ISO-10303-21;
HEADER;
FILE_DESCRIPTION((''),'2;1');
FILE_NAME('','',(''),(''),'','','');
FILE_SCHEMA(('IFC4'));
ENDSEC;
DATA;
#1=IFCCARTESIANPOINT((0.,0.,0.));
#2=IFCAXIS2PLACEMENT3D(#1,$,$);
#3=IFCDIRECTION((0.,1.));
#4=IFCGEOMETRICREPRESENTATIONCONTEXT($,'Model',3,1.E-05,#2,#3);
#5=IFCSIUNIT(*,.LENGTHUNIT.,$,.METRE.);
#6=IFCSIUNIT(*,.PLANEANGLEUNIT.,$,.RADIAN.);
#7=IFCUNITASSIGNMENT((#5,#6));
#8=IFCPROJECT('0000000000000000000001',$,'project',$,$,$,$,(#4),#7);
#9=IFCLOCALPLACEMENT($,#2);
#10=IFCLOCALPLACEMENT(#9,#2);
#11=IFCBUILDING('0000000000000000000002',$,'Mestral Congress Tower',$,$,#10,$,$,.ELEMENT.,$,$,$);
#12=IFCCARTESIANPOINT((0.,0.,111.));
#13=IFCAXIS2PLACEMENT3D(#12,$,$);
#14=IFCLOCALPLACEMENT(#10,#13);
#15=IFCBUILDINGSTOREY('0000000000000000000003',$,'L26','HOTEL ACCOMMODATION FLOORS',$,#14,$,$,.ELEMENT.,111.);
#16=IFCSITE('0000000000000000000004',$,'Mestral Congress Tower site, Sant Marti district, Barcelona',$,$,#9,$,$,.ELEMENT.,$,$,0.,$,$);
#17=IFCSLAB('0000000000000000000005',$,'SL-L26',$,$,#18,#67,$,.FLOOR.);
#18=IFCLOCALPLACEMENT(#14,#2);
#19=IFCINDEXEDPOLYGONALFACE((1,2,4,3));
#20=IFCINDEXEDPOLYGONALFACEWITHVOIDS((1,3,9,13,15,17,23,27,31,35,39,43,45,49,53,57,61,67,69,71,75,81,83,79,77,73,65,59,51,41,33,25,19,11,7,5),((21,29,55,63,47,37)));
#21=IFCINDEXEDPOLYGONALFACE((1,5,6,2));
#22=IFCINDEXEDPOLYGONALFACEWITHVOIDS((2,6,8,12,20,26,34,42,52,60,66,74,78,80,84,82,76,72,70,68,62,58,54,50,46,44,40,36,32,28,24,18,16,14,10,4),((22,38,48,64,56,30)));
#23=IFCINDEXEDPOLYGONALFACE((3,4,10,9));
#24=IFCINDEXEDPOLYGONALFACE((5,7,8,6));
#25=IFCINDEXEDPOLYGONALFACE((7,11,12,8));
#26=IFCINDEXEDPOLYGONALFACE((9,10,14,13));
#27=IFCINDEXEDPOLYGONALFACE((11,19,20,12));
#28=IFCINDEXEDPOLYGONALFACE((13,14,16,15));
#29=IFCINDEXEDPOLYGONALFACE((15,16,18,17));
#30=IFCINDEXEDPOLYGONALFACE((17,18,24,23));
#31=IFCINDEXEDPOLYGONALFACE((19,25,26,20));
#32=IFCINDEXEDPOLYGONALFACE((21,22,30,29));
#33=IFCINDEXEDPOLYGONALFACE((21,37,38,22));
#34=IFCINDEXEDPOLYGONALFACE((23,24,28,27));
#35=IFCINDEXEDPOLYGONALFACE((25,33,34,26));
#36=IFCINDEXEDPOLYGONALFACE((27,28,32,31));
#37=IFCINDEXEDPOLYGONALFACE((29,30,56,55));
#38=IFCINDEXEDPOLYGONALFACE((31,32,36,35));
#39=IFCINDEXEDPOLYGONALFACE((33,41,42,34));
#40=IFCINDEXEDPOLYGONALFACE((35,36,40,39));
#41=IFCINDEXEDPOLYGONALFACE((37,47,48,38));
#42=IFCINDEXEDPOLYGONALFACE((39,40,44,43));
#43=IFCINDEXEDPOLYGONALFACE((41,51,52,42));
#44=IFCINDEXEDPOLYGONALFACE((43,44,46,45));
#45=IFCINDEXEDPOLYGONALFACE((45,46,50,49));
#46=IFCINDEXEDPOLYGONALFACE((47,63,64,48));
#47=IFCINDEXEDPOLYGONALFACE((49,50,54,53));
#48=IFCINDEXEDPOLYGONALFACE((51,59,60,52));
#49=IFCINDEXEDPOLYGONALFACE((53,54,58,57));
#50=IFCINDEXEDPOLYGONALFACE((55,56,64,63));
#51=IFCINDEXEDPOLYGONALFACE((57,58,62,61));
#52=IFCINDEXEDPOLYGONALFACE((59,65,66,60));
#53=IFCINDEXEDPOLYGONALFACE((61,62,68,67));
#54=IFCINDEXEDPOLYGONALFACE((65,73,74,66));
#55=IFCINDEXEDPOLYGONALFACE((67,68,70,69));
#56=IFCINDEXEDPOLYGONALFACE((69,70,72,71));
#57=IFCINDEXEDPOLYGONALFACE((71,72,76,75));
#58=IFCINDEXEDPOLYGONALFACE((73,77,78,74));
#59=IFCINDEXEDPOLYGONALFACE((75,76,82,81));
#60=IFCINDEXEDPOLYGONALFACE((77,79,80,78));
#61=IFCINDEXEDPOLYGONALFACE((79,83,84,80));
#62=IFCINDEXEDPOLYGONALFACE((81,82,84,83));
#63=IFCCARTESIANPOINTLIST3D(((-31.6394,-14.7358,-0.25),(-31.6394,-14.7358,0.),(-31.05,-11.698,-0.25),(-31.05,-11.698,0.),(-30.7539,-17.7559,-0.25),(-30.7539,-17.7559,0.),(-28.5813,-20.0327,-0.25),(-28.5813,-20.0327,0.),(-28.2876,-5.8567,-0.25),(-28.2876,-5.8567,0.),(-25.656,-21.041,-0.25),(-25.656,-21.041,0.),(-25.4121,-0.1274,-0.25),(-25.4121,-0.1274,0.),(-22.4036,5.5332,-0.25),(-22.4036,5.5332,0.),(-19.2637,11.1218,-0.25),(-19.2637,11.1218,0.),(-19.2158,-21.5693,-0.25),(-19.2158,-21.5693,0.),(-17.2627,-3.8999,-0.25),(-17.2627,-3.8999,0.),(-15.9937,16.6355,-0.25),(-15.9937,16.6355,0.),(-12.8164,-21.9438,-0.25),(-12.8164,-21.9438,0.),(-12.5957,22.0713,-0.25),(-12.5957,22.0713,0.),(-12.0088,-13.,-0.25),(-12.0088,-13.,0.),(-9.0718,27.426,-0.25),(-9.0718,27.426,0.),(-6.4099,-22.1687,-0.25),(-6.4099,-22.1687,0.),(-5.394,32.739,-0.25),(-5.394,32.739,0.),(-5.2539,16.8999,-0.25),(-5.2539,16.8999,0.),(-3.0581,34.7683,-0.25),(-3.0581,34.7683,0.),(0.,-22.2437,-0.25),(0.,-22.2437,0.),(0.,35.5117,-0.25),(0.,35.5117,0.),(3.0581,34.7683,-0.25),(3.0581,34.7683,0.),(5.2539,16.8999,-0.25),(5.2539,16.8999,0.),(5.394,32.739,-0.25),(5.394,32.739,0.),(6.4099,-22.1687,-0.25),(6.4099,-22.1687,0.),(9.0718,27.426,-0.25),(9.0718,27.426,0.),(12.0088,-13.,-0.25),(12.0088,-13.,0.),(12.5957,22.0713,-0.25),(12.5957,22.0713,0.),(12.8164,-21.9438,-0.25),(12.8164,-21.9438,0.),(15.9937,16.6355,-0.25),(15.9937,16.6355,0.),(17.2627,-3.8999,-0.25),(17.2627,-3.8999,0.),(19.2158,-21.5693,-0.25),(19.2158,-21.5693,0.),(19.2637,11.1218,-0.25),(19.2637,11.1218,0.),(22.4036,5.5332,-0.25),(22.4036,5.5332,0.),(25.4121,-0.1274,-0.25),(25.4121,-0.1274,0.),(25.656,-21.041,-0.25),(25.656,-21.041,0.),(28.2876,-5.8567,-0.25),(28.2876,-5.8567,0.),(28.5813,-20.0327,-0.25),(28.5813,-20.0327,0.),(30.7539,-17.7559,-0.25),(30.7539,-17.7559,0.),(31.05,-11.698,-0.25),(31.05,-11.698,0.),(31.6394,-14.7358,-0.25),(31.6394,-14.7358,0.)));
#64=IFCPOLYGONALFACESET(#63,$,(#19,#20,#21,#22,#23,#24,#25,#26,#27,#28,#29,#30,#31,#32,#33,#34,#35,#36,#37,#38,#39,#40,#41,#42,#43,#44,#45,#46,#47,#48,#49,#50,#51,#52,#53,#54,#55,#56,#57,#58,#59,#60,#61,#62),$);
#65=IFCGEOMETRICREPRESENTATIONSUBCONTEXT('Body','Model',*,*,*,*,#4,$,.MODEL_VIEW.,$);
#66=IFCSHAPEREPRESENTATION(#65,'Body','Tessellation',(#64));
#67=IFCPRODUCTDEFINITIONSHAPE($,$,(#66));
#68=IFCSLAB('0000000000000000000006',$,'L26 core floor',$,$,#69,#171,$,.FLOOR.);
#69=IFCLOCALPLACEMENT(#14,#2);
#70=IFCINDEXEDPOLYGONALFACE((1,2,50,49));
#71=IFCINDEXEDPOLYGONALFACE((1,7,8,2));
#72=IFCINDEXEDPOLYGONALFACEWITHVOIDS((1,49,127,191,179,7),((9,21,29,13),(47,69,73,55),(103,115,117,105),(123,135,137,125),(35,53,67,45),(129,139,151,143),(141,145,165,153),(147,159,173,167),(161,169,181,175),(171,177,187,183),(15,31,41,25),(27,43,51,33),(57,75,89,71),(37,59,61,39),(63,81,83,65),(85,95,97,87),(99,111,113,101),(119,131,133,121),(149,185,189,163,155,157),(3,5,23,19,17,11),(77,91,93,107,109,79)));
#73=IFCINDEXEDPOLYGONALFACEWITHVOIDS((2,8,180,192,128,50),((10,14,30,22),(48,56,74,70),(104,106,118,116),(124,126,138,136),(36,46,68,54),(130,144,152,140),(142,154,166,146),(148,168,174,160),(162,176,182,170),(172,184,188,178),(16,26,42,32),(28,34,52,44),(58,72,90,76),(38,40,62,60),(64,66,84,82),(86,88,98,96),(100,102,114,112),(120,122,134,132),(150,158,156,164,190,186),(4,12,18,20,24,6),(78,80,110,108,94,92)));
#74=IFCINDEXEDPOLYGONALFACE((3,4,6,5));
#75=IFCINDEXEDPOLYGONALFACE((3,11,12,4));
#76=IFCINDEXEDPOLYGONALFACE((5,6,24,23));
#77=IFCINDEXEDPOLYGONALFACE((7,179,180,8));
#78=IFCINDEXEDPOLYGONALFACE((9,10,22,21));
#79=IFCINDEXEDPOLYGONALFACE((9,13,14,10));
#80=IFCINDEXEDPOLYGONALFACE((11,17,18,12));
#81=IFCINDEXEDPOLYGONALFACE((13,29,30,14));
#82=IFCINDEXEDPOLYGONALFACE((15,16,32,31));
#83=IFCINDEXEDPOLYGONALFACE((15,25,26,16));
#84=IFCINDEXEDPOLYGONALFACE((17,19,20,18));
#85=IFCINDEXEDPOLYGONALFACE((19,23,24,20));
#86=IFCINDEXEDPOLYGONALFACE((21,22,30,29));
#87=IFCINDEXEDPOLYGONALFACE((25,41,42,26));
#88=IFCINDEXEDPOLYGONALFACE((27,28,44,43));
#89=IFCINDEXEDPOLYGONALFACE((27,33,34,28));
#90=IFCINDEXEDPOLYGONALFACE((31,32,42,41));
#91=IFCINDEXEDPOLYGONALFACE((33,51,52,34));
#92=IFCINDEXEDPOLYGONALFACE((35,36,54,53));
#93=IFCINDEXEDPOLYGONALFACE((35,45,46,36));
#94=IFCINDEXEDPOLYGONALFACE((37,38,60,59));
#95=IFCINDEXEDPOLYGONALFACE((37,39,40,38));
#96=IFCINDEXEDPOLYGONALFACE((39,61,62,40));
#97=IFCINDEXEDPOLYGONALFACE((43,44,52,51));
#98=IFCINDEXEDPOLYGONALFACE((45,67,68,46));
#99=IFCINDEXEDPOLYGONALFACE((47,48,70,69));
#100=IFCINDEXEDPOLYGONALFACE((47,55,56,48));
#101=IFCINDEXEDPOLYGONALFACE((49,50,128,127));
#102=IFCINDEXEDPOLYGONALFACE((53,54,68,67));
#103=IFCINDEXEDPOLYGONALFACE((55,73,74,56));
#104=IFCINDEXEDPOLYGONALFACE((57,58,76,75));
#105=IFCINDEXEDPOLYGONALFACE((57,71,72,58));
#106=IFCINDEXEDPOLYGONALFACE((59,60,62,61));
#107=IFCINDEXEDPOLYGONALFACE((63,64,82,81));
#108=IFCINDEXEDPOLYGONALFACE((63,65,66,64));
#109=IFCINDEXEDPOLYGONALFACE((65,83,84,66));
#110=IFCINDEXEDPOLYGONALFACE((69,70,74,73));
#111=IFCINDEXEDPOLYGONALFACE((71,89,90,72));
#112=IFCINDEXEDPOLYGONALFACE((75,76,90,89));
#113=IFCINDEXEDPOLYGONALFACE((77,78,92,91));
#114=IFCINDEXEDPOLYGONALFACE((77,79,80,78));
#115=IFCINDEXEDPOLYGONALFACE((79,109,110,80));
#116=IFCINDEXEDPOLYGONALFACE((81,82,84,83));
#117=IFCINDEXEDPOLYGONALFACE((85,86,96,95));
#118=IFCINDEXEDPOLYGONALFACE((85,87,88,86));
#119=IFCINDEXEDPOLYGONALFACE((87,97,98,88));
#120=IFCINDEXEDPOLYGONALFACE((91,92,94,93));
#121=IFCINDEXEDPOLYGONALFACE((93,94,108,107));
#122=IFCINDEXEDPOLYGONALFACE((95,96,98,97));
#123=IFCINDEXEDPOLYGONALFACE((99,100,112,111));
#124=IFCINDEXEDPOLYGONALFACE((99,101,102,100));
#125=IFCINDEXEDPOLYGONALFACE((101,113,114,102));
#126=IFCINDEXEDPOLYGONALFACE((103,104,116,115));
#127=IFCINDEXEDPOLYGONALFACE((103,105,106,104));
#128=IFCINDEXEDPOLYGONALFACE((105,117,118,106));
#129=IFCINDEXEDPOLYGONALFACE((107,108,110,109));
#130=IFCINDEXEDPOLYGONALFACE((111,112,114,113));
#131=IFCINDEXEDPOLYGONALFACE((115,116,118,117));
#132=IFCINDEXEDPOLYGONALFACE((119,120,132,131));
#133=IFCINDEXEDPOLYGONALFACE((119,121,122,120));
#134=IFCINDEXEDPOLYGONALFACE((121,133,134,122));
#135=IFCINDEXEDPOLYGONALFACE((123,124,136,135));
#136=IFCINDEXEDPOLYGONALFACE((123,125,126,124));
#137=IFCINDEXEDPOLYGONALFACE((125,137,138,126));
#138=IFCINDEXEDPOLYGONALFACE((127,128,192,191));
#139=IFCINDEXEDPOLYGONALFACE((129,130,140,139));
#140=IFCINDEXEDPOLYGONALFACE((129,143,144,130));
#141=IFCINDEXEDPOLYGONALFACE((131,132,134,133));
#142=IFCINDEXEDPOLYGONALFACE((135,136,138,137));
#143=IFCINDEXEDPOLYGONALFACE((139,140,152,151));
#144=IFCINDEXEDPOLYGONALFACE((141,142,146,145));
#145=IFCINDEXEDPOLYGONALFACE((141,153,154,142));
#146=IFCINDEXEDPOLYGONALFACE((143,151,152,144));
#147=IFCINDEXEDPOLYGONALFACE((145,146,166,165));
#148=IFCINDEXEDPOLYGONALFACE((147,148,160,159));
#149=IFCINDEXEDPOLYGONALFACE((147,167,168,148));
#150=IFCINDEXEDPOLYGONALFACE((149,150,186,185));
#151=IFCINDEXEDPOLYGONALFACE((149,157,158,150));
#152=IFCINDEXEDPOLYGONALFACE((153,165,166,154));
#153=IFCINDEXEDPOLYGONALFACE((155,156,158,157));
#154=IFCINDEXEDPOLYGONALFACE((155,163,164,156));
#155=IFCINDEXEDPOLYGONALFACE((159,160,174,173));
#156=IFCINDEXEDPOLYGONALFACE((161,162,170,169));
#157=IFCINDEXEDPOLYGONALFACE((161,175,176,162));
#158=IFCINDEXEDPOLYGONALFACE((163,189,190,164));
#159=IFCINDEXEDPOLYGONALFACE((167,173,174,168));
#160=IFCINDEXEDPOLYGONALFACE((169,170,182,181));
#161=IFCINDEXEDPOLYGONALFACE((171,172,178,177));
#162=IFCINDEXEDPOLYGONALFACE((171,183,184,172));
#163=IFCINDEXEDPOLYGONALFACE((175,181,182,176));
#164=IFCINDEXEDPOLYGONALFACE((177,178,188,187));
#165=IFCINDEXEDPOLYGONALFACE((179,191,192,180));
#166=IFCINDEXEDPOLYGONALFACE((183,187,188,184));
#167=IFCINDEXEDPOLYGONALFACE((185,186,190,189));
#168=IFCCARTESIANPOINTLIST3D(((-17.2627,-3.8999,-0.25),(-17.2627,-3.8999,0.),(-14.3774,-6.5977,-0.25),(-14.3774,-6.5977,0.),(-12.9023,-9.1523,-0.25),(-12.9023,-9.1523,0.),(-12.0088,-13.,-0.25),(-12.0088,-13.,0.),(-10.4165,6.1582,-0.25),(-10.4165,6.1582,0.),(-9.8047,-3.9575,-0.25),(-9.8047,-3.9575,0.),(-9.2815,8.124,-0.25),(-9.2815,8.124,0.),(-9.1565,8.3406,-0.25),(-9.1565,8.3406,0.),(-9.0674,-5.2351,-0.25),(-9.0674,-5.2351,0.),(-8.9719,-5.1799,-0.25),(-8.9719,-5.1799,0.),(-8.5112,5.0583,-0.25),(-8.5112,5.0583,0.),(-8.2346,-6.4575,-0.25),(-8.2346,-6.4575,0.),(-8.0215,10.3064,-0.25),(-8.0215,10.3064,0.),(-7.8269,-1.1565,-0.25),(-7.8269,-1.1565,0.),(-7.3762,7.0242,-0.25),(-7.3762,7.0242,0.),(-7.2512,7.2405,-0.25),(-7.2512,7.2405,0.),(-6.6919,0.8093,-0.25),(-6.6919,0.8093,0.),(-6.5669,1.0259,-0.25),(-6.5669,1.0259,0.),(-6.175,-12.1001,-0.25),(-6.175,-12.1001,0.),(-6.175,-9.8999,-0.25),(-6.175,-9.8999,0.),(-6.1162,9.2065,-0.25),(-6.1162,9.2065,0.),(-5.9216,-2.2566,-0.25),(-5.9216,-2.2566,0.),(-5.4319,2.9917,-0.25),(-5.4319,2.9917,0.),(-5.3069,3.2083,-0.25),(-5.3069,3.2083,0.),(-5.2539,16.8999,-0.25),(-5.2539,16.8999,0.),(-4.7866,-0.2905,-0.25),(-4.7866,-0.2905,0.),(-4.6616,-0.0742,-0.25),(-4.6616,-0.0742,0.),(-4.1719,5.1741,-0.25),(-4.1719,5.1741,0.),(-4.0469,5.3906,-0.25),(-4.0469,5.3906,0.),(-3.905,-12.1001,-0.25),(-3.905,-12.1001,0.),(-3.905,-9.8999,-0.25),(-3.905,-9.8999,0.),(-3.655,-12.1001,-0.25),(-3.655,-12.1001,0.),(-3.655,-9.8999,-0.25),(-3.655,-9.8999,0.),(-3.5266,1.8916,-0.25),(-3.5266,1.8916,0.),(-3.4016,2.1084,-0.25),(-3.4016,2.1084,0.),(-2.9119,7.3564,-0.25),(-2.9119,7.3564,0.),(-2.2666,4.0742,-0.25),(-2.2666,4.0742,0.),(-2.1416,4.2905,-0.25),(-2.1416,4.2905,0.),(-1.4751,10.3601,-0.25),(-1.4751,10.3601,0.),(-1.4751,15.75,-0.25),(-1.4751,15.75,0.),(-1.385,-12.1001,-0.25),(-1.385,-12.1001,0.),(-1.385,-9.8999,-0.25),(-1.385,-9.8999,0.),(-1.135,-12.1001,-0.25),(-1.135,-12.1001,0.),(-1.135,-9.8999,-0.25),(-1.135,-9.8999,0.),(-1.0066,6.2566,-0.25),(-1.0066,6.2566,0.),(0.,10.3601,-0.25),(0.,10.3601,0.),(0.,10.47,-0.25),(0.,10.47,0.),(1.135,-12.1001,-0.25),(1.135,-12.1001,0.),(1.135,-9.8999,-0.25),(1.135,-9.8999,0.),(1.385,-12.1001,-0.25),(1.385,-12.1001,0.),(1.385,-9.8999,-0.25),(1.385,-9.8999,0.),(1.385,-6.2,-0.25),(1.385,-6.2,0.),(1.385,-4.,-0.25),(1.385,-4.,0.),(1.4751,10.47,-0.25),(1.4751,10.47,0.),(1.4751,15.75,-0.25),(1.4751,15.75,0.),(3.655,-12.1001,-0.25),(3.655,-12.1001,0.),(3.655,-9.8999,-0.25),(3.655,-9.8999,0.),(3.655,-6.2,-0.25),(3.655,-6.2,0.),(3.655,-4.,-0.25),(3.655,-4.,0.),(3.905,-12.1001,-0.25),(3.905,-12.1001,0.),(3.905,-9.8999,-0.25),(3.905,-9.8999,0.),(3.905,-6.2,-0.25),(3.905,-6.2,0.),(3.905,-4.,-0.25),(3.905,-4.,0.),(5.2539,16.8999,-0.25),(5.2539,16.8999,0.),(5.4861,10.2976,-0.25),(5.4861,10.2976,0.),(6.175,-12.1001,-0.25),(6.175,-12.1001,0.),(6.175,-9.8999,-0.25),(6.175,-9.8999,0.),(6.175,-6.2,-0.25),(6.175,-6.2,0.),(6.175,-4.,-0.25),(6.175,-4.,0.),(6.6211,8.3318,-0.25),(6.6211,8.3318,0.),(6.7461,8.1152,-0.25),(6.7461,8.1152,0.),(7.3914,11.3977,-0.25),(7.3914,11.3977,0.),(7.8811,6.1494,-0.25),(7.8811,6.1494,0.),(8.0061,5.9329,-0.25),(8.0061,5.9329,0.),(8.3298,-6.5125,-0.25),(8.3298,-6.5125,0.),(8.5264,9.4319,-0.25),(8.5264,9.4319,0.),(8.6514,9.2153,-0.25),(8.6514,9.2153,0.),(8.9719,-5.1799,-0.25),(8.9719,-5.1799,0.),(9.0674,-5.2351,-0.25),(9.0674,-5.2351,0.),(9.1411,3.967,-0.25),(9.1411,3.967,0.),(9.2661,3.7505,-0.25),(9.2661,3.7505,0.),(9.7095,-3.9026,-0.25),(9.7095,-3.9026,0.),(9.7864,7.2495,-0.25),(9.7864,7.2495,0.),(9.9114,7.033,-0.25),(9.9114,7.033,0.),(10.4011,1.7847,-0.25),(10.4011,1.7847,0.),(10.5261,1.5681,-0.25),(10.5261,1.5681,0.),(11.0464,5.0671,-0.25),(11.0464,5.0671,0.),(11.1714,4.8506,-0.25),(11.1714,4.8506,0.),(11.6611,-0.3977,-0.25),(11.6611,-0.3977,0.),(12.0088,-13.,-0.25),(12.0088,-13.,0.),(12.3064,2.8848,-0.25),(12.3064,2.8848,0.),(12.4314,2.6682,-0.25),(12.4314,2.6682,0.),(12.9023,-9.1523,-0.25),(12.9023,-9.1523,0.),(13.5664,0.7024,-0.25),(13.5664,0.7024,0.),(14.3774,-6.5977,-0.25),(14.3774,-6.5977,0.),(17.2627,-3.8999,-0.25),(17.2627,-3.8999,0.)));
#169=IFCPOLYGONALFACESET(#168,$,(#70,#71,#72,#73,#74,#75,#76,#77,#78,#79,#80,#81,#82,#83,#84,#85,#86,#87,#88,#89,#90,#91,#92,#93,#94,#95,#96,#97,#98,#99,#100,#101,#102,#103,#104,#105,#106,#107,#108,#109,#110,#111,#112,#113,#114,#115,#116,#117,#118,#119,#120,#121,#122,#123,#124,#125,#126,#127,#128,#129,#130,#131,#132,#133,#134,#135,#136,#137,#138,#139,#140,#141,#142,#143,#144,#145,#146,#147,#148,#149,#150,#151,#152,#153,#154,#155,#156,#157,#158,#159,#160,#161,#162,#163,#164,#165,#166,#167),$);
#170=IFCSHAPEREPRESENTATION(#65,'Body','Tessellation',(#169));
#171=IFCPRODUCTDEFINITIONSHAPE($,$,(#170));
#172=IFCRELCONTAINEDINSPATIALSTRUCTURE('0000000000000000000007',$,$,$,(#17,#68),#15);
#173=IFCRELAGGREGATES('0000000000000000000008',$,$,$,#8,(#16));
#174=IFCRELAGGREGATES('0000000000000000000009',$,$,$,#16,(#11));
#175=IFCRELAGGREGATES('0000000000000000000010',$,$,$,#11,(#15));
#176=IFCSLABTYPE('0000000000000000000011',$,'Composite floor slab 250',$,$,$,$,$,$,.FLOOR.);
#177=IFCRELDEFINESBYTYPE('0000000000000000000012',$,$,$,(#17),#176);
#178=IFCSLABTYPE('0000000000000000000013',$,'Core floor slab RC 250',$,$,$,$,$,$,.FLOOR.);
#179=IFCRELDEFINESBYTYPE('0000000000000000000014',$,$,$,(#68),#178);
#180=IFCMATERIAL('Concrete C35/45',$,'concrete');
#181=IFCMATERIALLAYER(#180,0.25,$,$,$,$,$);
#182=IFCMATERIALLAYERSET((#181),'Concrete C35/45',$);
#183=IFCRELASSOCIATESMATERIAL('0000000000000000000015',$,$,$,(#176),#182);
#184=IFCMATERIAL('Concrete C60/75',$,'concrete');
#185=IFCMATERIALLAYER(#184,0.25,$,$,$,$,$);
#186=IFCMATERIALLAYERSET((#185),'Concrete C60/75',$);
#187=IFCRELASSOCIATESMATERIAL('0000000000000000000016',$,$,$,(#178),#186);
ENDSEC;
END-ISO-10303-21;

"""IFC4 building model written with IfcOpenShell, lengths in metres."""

from ifc_helpers import new_model, si_unit, direction, frame, origin, place, context, subcontext, project, spatial, polyline, outline, extrude, material, layer, layer_set, type_object, element, save


model = new_model("IFC4")

# Units and contexts
model_context = context("Model", 3, precision=1e-05, world=origin(), true_north=direction((0.0, 1.0)))
body_context = subcontext(model_context, "Body", "Model", "MODEL_VIEW")
ifc_project = project(units=[si_unit("LENGTHUNIT", "METRE"), si_unit("PLANEANGLEUNIT", "RADIAN")], contexts=[model_context])

# Site, building, storey
site_placement = place(None, origin())
site = spatial("IfcSite", under=ifc_project, at=site_placement, Name="Mestral Congress Tower site, Sant Marti district, Barcelona", CompositionType="ELEMENT", RefElevation=0.0)
building_placement = place(site_placement, origin())
building = spatial("IfcBuilding", under=site, at=building_placement, Name="Mestral Congress Tower", CompositionType="ELEMENT")
storey_placement = place(building_placement, frame((0.0, 0.0, 111.0)))
storey = spatial("IfcBuildingStorey", under=building, at=storey_placement, Name="L26", Description="HOTEL ACCOMMODATION FLOORS", CompositionType="ELEMENT", Elevation=111.0)

# Slabs
ifc_material_1 = material(Name="Concrete C35/45", Category="concrete")
ifc_layer_1 = layer(ifc_material_1, 0.25)
ifc_layer_set_1 = layer_set([ifc_layer_1], Name="Concrete C35/45")
slab_type_1 = type_object("IfcSlabType", Name="Composite floor slab 250", PredefinedType="FLOOR", material=ifc_layer_set_1)
placement_1 = place(storey_placement, frame((0.0, 0.0, -0.25)))
element("IfcSlab", 1, at=placement_1, inside=storey, type_object=slab_type_1, Name="SL-L26", PredefinedType="FLOOR", context=body_context, shape_type="SweptSolid", body=[
    extrude(outline(polyline([(-25.656, -21.041), (-28.5813, -20.0327), (-30.7539, -17.7559), (-31.6394, -14.7358), (-31.05, -11.698), (-28.2876, -5.8567), (-25.4121, -0.1274), (-22.4036, 5.5332), (-19.2637, 11.1218), (-15.9937, 16.6355), (-12.5957, 22.0713), (-9.0718, 27.426), (-5.394, 32.739), (-3.0581, 34.7683), (0.0, 35.5117), (3.0581, 34.7683), (5.394, 32.739), (9.0718, 27.426), (12.5957, 22.0713), (15.9937, 16.6355), (19.2637, 11.1218), (22.4036, 5.5332), (25.4121, -0.1274), (28.2876, -5.8567), (31.05, -11.698), (31.6394, -14.7358), (30.7539, -17.7559), (28.5813, -20.0327), (25.656, -21.041), (19.2158, -21.5693), (12.8164, -21.9438), (6.4099, -22.1687), (0.0, -22.2437), (-6.4099, -22.1687), (-12.8164, -21.9438), (-19.2158, -21.5693), (-25.656, -21.041)]), holes=[polyline([(-5.2539, 16.8999), (-17.2627, -3.8999), (-12.0088, -13.0), (12.0088, -13.0), (17.2627, -3.8999), (5.2539, 16.8999), (-5.2539, 16.8999)])]), origin(), (0.0, 0.0, 1.0), 0.25),
])
ifc_material_2 = material(Name="Concrete C60/75", Category="concrete")
ifc_layer_2 = layer(ifc_material_2, 0.25)
ifc_layer_set_2 = layer_set([ifc_layer_2], Name="Concrete C60/75")
slab_type_2 = type_object("IfcSlabType", Name="Core floor slab RC 250", PredefinedType="FLOOR", material=ifc_layer_set_2)
element("IfcSlab", 2, at=placement_1, inside=storey, type_object=slab_type_2, Name="L26 core floor", PredefinedType="FLOOR", context=body_context, shape_type="SweptSolid", body=[
    extrude(outline(polyline([(12.0088, -13.0), (-12.0088, -13.0), (-17.2627, -3.8999), (-5.2539, 16.8999), (5.2539, 16.8999), (17.2627, -3.8999), (12.0088, -13.0)]), holes=[polyline([(-3.905, -9.8999), (-6.175, -9.8999), (-6.175, -12.1001), (-3.905, -12.1001), (-3.905, -9.8999)]), polyline([(-1.385, -9.8999), (-3.655, -9.8999), (-3.655, -12.1001), (-1.385, -12.1001), (-1.385, -9.8999)]), polyline([(1.135, -9.8999), (-1.135, -9.8999), (-1.135, -12.1001), (1.135, -12.1001), (1.135, -9.8999)]), polyline([(-9.0674, -5.2351), (-9.8047, -3.9575), (-14.3774, -6.5977), (-12.9023, -9.1523), (-8.2346, -6.4575), (-8.9719, -5.1799), (-9.0674, -5.2351)]), polyline([(-7.8269, -1.1565), (-5.9216, -2.2566), (-4.7866, -0.2905), (-6.6919, 0.8093), (-7.8269, -1.1565)]), polyline([(-4.6616, -0.0742), (-3.5266, 1.8916), (-5.4319, 2.9917), (-6.5669, 1.0259), (-4.6616, -0.0742)]), polyline([(-3.4016, 2.1084), (-2.2666, 4.0742), (-4.1719, 5.1741), (-5.3069, 3.2083), (-3.4016, 2.1084)]), polyline([(-2.1416, 4.2905), (-1.0066, 6.2566), (-2.9119, 7.3564), (-4.0469, 5.3906), (-2.1416, 4.2905)]), polyline([(-10.4165, 6.1582), (-8.5112, 5.0583), (-7.3762, 7.0242), (-9.2815, 8.124), (-10.4165, 6.1582)]), polyline([(-9.1565, 8.3406), (-7.2512, 7.2405), (-6.1162, 9.2065), (-8.0215, 10.3064), (-9.1565, 8.3406)]), polyline([(1.4751, 10.47), (1.4751, 15.75), (-1.4751, 15.75), (-1.4751, 10.3601), (0.0, 10.3601), (0.0, 10.47), (1.4751, 10.47)]), polyline([(3.655, -9.8999), (1.385, -9.8999), (1.385, -12.1001), (3.655, -12.1001), (3.655, -9.8999)]), polyline([(6.175, -9.8999), (3.905, -9.8999), (3.905, -12.1001), (6.175, -12.1001), (6.175, -9.8999)]), polyline([(9.0674, -5.2351), (8.3298, -6.5125), (12.9023, -9.1523), (14.3774, -6.5977), (9.7095, -3.9026), (8.9719, -5.1799), (9.0674, -5.2351)]), polyline([(3.655, -6.2), (3.655, -4.0), (1.385, -4.0), (1.385, -6.2), (3.655, -6.2)]), polyline([(6.175, -4.0), (3.905, -4.0), (3.905, -6.2), (6.175, -6.2), (6.175, -4.0)]), polyline([(12.4314, 2.6682), (10.5261, 1.5681), (11.6611, -0.3977), (13.5664, 0.7024), (12.4314, 2.6682)]), polyline([(11.1714, 4.8506), (9.2661, 3.7505), (10.4011, 1.7847), (12.3064, 2.8848), (11.1714, 4.8506)]), polyline([(8.0061, 5.9329), (9.1411, 3.967), (11.0464, 5.0671), (9.9114, 7.033), (8.0061, 5.9329)]), polyline([(8.6514, 9.2153), (6.7461, 8.1152), (7.8811, 6.1494), (9.7864, 7.2495), (8.6514, 9.2153)]), polyline([(7.3914, 11.3977), (5.4861, 10.2976), (6.6211, 8.3318), (8.5264, 9.4319), (7.3914, 11.3977)])]), origin(), (0.0, 0.0, 1.0), 0.25),
])

save(model, "model.ifc")
